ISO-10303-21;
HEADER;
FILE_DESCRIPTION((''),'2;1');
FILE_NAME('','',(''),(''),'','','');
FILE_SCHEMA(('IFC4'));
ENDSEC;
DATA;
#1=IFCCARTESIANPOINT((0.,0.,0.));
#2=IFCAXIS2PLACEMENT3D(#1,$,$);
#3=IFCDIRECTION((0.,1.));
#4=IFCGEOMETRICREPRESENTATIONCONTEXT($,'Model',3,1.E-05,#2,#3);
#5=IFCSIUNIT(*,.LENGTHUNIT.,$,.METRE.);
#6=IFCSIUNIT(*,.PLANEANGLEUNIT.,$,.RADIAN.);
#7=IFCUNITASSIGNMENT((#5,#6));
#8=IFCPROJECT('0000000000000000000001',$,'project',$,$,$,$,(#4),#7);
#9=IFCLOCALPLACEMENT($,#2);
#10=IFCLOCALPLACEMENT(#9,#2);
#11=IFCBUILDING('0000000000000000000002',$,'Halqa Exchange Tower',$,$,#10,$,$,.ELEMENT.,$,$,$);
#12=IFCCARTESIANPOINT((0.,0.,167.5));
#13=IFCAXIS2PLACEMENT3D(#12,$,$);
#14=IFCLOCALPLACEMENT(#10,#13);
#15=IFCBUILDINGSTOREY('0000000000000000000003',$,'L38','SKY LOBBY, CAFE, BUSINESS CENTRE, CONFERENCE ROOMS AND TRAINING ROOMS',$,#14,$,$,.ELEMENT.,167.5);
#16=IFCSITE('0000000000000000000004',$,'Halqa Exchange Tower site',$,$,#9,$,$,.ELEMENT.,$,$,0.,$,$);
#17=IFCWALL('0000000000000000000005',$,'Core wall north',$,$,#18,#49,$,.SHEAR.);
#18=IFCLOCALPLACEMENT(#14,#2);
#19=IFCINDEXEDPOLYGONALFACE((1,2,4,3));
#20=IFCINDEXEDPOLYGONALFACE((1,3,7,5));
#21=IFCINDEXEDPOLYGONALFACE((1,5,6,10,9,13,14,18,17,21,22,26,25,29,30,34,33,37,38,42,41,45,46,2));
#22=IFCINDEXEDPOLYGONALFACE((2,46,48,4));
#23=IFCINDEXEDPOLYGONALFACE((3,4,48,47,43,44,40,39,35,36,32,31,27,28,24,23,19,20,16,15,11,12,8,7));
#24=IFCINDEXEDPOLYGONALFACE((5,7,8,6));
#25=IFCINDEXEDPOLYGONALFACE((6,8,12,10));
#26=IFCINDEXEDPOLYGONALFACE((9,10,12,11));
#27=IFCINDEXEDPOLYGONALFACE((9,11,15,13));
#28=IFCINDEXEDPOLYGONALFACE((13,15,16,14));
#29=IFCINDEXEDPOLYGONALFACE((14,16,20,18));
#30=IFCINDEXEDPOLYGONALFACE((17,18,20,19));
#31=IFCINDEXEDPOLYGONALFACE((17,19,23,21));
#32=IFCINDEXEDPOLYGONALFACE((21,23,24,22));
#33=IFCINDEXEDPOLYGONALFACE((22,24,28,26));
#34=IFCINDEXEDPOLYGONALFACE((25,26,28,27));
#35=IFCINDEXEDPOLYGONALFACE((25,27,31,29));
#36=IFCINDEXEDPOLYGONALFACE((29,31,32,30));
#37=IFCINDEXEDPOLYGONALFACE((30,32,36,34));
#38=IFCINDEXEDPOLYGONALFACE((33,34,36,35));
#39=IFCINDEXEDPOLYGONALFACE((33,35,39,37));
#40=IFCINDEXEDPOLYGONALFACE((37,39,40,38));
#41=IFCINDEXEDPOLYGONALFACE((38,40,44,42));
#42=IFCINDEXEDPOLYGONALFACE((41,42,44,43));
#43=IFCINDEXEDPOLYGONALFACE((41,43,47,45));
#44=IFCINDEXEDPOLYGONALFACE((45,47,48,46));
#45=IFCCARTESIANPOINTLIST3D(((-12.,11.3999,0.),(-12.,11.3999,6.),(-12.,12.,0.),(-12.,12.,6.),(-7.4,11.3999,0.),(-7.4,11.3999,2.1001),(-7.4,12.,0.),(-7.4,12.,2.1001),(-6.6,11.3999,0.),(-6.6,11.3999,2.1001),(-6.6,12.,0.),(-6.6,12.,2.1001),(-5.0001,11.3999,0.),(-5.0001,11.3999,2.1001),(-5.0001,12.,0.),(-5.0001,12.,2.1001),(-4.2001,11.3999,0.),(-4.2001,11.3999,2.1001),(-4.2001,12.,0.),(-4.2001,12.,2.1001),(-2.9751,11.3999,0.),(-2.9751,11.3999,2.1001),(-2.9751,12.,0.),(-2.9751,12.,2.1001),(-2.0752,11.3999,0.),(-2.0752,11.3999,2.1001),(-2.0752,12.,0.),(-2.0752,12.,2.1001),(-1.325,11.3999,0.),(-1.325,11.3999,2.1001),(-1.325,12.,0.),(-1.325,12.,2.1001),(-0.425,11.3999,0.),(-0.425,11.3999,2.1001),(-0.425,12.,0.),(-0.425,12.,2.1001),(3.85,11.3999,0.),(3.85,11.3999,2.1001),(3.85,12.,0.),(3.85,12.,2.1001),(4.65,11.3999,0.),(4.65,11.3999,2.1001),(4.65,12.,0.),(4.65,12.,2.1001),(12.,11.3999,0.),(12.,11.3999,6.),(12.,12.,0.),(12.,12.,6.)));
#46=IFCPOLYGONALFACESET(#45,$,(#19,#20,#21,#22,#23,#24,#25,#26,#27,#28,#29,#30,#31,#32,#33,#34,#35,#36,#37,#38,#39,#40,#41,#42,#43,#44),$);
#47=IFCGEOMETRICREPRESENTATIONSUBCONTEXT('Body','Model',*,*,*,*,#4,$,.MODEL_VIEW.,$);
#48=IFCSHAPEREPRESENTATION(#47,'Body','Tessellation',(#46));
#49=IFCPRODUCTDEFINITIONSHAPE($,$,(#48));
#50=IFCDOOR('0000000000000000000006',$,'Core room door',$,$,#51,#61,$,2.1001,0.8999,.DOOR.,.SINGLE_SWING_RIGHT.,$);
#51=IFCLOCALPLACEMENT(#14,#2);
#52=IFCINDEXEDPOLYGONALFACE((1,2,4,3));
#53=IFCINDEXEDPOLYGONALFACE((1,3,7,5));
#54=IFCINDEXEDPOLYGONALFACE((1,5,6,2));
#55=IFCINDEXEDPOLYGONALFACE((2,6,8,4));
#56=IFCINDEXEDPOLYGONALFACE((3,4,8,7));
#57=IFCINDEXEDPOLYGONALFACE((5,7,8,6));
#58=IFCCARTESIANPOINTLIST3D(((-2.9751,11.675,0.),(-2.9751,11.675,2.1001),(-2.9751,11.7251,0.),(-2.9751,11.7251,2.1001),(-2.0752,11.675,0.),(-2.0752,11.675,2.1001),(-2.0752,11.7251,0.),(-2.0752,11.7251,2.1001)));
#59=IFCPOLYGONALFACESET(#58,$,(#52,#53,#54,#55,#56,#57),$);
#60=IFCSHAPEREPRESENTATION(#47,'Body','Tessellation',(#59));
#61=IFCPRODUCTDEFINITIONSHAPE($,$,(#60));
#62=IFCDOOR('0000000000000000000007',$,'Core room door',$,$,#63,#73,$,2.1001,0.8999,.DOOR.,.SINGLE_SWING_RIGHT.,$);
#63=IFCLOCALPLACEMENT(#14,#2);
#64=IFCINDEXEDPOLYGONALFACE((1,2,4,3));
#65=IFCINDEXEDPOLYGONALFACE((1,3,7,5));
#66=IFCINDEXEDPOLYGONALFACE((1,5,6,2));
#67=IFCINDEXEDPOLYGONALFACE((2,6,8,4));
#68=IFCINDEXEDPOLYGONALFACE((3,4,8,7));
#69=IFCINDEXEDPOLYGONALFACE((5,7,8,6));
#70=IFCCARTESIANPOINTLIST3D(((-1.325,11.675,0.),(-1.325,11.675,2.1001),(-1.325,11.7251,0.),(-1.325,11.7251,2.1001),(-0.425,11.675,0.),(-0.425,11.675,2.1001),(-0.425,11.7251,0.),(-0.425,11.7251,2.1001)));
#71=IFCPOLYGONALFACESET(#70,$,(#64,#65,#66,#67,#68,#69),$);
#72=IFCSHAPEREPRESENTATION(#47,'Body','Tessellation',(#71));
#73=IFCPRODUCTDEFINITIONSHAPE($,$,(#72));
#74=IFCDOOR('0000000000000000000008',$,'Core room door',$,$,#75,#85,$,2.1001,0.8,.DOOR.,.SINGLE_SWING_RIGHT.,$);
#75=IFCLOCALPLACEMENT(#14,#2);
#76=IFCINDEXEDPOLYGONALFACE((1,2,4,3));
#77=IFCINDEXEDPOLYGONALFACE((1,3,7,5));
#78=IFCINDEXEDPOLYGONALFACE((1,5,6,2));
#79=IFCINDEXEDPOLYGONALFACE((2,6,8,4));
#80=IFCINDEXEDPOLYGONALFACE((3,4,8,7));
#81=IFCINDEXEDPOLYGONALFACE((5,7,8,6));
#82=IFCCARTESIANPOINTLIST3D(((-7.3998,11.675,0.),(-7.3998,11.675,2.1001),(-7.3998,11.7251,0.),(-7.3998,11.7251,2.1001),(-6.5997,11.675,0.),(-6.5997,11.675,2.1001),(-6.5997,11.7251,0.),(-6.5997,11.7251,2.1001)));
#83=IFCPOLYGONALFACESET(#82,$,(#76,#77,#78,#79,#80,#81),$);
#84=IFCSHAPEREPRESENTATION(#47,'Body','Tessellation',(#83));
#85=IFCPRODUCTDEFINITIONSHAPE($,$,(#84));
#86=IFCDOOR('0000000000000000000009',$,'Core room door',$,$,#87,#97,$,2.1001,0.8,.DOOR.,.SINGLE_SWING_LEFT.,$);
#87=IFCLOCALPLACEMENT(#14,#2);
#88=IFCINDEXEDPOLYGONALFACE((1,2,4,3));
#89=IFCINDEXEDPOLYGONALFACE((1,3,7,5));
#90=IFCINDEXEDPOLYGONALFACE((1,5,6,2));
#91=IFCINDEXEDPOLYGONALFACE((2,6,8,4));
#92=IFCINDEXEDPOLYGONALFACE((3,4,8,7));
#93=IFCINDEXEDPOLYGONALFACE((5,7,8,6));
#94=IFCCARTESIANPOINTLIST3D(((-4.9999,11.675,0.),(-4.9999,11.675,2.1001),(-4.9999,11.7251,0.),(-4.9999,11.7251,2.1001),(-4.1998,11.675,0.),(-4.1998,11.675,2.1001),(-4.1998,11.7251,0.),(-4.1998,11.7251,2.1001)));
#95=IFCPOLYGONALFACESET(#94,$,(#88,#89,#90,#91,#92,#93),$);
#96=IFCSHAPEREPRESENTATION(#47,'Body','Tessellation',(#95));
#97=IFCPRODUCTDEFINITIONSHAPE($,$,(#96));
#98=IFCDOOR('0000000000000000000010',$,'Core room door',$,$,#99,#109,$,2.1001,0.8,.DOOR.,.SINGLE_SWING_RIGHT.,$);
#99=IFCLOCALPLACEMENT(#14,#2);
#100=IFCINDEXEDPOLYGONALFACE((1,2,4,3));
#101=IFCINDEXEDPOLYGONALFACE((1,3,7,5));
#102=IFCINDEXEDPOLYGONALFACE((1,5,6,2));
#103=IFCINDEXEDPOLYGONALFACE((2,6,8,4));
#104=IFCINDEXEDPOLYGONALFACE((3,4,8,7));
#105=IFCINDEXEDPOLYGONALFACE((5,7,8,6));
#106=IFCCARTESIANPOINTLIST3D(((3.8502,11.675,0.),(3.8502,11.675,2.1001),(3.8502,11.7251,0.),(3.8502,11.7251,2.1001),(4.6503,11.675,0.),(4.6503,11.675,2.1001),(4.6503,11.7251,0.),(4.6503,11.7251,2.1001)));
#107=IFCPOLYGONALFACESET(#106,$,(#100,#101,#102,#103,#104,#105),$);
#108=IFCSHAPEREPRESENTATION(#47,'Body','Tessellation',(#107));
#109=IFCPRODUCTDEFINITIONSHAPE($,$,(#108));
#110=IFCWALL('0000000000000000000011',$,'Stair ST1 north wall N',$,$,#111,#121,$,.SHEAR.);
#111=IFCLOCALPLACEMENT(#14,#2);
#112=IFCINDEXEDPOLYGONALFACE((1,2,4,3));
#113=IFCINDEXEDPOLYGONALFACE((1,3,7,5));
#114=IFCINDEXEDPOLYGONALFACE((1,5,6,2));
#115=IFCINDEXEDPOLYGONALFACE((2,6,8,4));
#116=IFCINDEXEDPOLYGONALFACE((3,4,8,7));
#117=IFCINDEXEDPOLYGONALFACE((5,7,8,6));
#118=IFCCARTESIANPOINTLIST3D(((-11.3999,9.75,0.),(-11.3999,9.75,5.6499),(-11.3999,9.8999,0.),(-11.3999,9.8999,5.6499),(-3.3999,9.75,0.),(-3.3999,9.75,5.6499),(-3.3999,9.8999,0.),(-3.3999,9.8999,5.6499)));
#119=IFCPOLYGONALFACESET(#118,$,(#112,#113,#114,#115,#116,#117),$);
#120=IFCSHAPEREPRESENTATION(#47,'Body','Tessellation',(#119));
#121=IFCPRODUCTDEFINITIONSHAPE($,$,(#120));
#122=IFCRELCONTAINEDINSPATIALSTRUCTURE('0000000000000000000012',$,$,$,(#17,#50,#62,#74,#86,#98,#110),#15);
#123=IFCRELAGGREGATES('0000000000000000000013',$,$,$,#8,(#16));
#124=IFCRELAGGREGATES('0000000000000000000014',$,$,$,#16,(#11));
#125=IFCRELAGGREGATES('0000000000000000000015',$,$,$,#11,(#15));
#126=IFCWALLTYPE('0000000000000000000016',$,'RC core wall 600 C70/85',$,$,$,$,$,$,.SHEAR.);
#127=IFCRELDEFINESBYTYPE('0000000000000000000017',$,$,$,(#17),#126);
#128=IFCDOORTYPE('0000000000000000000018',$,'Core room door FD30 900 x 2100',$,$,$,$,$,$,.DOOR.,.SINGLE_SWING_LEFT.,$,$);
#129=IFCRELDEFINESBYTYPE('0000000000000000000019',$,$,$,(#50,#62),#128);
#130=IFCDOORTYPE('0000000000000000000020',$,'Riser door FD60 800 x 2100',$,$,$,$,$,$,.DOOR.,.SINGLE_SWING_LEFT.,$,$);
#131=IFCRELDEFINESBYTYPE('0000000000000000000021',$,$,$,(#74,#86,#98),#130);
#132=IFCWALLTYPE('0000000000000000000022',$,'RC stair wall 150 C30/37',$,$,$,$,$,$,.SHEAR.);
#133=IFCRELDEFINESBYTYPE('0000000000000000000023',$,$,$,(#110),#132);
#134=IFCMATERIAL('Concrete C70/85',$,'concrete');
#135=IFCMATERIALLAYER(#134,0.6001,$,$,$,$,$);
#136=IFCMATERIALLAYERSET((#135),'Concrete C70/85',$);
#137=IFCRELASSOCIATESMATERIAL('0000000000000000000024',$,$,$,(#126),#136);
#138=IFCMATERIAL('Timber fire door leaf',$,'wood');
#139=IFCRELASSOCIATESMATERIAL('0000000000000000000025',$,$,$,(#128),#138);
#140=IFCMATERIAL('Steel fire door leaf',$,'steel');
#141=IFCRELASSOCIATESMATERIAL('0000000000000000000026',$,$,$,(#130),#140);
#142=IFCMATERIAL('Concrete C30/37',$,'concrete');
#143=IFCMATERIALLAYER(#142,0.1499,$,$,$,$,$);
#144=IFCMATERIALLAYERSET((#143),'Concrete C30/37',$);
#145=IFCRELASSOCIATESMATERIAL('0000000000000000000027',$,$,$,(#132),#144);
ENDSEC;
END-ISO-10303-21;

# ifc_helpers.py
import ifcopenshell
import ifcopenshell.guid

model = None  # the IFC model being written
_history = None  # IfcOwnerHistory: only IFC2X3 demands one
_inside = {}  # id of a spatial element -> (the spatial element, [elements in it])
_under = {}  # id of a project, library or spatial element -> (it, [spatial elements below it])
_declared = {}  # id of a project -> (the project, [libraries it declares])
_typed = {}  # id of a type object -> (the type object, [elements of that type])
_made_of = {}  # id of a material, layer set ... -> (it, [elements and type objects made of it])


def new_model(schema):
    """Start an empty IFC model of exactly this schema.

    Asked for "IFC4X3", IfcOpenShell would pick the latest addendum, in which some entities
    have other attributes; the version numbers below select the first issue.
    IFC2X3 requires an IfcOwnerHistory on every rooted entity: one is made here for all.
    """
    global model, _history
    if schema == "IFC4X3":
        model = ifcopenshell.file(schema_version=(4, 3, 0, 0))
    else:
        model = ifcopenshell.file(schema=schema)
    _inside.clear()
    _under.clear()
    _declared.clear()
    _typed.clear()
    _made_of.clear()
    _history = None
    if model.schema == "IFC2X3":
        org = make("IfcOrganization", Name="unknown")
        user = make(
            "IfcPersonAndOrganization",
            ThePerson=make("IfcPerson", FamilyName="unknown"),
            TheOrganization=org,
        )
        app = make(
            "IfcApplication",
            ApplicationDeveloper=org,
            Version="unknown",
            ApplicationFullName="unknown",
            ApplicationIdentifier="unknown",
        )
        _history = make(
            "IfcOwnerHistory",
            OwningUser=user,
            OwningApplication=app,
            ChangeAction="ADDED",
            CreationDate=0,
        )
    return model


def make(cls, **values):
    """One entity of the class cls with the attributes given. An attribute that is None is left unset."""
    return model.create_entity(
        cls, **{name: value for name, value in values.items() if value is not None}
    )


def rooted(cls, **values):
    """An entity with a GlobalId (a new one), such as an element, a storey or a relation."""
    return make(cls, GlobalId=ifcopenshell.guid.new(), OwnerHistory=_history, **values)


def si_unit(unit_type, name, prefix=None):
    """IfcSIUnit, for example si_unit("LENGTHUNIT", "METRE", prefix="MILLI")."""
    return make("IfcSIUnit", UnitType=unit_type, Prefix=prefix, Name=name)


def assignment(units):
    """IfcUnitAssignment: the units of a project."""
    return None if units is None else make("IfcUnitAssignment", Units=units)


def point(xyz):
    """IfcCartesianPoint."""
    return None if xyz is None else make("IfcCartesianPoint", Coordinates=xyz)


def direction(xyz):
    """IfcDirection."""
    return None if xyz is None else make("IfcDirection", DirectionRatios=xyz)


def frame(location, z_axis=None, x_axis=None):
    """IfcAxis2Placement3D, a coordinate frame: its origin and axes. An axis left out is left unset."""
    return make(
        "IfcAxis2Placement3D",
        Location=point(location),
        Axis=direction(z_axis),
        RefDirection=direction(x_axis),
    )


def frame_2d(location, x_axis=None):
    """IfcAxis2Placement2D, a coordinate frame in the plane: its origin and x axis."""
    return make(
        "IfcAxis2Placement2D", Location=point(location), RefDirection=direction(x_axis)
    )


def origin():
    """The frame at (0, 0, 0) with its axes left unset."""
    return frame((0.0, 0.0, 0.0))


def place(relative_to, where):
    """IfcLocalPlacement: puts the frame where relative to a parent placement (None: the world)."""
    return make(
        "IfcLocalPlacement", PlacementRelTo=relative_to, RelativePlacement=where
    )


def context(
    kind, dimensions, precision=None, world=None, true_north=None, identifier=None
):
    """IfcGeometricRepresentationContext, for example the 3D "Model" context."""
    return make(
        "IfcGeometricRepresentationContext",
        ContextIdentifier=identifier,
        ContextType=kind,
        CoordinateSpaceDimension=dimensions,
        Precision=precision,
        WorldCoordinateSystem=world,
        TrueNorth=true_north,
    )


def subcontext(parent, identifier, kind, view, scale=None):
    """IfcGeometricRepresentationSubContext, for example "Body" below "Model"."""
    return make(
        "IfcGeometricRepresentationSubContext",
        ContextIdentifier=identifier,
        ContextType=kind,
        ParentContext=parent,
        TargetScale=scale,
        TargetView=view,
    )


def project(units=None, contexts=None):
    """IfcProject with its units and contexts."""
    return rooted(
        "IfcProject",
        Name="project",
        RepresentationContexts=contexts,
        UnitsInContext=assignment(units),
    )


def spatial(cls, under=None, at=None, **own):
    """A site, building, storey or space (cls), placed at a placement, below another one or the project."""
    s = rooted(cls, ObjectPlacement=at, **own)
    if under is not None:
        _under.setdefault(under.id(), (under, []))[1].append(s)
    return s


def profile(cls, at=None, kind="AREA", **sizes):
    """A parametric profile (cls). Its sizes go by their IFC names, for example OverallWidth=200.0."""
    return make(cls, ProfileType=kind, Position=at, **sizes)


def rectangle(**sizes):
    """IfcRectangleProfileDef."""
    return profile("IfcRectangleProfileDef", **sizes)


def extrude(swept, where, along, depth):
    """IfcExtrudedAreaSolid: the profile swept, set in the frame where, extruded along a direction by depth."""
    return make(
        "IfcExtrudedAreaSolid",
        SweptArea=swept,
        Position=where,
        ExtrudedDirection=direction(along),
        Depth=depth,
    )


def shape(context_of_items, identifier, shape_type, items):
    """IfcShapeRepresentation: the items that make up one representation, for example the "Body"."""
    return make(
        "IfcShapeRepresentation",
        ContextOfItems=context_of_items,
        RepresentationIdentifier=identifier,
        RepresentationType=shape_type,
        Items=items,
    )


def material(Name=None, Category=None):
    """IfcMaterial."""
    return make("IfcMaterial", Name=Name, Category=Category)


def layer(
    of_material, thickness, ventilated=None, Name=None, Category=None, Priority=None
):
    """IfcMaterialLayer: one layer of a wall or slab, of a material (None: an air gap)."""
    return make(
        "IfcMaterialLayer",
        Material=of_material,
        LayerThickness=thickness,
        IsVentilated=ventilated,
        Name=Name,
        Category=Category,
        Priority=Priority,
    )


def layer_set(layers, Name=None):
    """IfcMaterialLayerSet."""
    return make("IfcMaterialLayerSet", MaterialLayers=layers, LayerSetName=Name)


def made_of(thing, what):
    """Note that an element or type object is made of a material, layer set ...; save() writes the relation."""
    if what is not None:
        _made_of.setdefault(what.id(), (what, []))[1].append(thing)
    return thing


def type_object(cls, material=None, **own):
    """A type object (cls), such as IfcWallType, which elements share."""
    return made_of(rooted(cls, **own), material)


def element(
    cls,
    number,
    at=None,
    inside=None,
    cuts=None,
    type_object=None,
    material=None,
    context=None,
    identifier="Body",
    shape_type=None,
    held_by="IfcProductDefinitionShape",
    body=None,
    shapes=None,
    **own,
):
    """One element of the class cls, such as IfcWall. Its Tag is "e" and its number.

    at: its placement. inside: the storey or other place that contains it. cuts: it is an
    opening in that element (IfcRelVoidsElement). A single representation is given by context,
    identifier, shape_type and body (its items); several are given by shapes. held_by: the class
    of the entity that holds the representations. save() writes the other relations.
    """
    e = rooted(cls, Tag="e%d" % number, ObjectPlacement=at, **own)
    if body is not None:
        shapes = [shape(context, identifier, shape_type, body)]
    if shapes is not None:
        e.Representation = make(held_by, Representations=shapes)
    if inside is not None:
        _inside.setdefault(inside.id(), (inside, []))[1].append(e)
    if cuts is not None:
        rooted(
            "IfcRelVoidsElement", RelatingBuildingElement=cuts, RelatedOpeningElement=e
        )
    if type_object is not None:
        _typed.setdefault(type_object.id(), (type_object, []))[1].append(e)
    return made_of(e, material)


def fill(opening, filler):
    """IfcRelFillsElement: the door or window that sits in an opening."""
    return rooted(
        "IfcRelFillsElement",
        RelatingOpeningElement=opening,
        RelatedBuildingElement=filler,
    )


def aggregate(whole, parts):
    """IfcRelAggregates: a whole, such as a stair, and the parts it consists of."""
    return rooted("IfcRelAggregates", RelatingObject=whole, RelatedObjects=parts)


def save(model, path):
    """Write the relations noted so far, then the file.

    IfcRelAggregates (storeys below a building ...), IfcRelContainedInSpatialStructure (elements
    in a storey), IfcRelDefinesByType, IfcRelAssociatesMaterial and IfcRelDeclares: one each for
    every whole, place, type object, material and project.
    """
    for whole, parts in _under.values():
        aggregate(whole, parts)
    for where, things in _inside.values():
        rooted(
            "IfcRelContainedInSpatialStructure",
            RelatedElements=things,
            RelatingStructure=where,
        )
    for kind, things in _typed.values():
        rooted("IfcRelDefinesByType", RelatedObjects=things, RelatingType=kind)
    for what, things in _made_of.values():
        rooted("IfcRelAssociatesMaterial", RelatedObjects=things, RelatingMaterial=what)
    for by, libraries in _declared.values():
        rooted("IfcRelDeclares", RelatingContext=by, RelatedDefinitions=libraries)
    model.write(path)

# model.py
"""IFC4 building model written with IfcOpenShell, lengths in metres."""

from ifc_helpers import new_model, si_unit, direction, frame, frame_2d, origin, place, context, subcontext, project, spatial, rectangle, extrude, material, layer, layer_set, type_object, element, fill, save


model = new_model("IFC4")

# Units and contexts
model_context = context("Model", 3, precision=1e-05, world=origin(), true_north=direction((0.0, 1.0)))
body_context = subcontext(model_context, "Body", "Model", "MODEL_VIEW")
ifc_project = project(units=[si_unit("LENGTHUNIT", "METRE"), si_unit("PLANEANGLEUNIT", "RADIAN")], contexts=[model_context])

# Site, building, storey
site_placement = place(None, origin())
site = spatial("IfcSite", under=ifc_project, at=site_placement, Name="Halqa Exchange Tower site", CompositionType="ELEMENT", RefElevation=0.0)
building_placement = place(site_placement, origin())
building = spatial("IfcBuilding", under=site, at=building_placement, Name="Halqa Exchange Tower", CompositionType="ELEMENT")
storey_placement = place(building_placement, frame((0.0, 0.0, 167.5)))
storey = spatial("IfcBuildingStorey", under=building, at=storey_placement, Name="L38", Description="SKY LOBBY, CAFE, BUSINESS CENTRE, CONFERENCE ROOMS AND TRAINING ROOMS", CompositionType="ELEMENT", Elevation=167.5)

# Wall, openings, doors
ifc_material_1 = material(Name="Concrete C70/85", Category="concrete")
ifc_layer_1 = layer(ifc_material_1, 0.6001)
ifc_layer_set_1 = layer_set([ifc_layer_1], Name="Concrete C70/85")
wall_type_1 = type_object("IfcWallType", Name="RC core wall 600 C70/85", PredefinedType="SHEAR", material=ifc_layer_set_1)
wall_1_placement = place(storey_placement, frame((-12.0, 11.7, 0.0), z_axis=(0.0, 0.0, 1.0), x_axis=(1.0, 0.0, 0.0)))
wall_1 = element("IfcWall", 1, at=wall_1_placement, inside=storey, type_object=wall_type_1, Name="Core wall north", PredefinedType="SHEAR", context=body_context, shape_type="SweptSolid", body=[
    extrude(rectangle(XDim=24.0, YDim=0.6001, at=frame_2d((12.0, 0.0))), origin(), (0.0, 0.0, 1.0), 6.0),
])
opening_1_placement = place(wall_1_placement, frame((9.0249, 0.0, 0.0)))
opening_1 = element("IfcOpeningElement", 2, at=opening_1_placement, cuts=wall_1, PredefinedType="OPENING", context=body_context, shape_type="SweptSolid", body=[
    extrude(rectangle(XDim=0.8999, YDim=2.1001, at=frame_2d((0.45, 1.05))), frame((0.0, 0.312, 0.0), z_axis=(0.0, -1.0, 0.0), x_axis=(1.0, 0.0, 0.0)), (0.0, 0.0, 1.0), 0.624),
])
opening_2_placement = place(wall_1_placement, frame((10.675, 0.0, 0.0)))
opening_2 = element("IfcOpeningElement", 3, at=opening_2_placement, cuts=wall_1, PredefinedType="OPENING", context=body_context, shape_type="SweptSolid", body=[
    extrude(rectangle(XDim=0.8999, YDim=2.1001, at=frame_2d((0.45, 1.05))), frame((0.0, 0.312, 0.0), z_axis=(0.0, -1.0, 0.0), x_axis=(1.0, 0.0, 0.0)), (0.0, 0.0, 1.0), 0.624),
])
opening_3_placement = place(wall_1_placement, frame((4.6001, 0.0, 0.0)))
opening_3 = element("IfcOpeningElement", 4, at=opening_3_placement, cuts=wall_1, PredefinedType="OPENING", context=body_context, shape_type="SweptSolid", body=[
    extrude(rectangle(XDim=0.8, YDim=2.1001, at=frame_2d((0.3999, 1.05))), frame((0.0, 0.312, 0.0), z_axis=(0.0, -1.0, 0.0), x_axis=(1.0, 0.0, 0.0)), (0.0, 0.0, 1.0), 0.624),
])
opening_4_placement = place(wall_1_placement, frame((7.0, 0.0, 0.0)))
opening_4 = element("IfcOpeningElement", 5, at=opening_4_placement, cuts=wall_1, PredefinedType="OPENING", context=body_context, shape_type="SweptSolid", body=[
    extrude(rectangle(XDim=0.8, YDim=2.1001, at=frame_2d((0.3999, 1.05))), frame((0.0, 0.312, 0.0), z_axis=(0.0, -1.0, 0.0), x_axis=(1.0, 0.0, 0.0)), (0.0, 0.0, 1.0), 0.624),
])
opening_5_placement = place(wall_1_placement, frame((15.8501, 0.0, 0.0)))
opening_5 = element("IfcOpeningElement", 6, at=opening_5_placement, cuts=wall_1, PredefinedType="OPENING", context=body_context, shape_type="SweptSolid", body=[
    extrude(rectangle(XDim=0.8, YDim=2.1001, at=frame_2d((0.3999, 1.05))), frame((0.0, 0.312, 0.0), z_axis=(0.0, -1.0, 0.0), x_axis=(1.0, 0.0, 0.0)), (0.0, 0.0, 1.0), 0.624),
])
ifc_material_2 = material(Name="Timber fire door leaf", Category="wood")
door_type_1 = type_object("IfcDoorType", Name="Core room door FD30 900 x 2100", OperationType="SINGLE_SWING_LEFT", PredefinedType="DOOR", material=ifc_material_2)
door_1_placement = place(opening_1_placement, frame((0.8999, 0.0, 0.0), z_axis=(0.0, 0.0, 1.0), x_axis=(-1.0, 0.0, 0.0)))
door_1 = element("IfcDoor", 7, at=door_1_placement, inside=storey, type_object=door_type_1, Name="Core room door", OperationType="SINGLE_SWING_RIGHT", OverallHeight=2.1001, OverallWidth=0.8999, PredefinedType="DOOR", context=body_context, shape_type="SweptSolid", body=[
    extrude(rectangle(XDim=0.8999, YDim=2.1001, at=frame_2d((0.45, 1.05))), frame((0.0, 0.0249, 0.0), z_axis=(0.0, -1.0, 0.0), x_axis=(1.0, 0.0, 0.0)), (0.0, 0.0, 1.0), 0.05),
])
fill(opening_1, door_1)
door_2_placement = place(opening_2_placement, frame((0.8999, 0.0, 0.0), z_axis=(0.0, 0.0, 1.0), x_axis=(-1.0, 0.0, 0.0)))
door_2 = element("IfcDoor", 8, at=door_2_placement, inside=storey, type_object=door_type_1, Name="Core room door", OperationType="SINGLE_SWING_RIGHT", OverallHeight=2.1001, OverallWidth=0.8999, PredefinedType="DOOR", context=body_context, shape_type="SweptSolid", body=[
    extrude(rectangle(XDim=0.8999, YDim=2.1001, at=frame_2d((0.45, 1.05))), frame((0.0, 0.0249, 0.0), z_axis=(0.0, -1.0, 0.0), x_axis=(1.0, 0.0, 0.0)), (0.0, 0.0, 1.0), 0.05),
])
fill(opening_2, door_2)
ifc_material_3 = material(Name="Steel fire door leaf", Category="steel")
door_type_2 = type_object("IfcDoorType", Name="Riser door FD60 800 x 2100", OperationType="SINGLE_SWING_LEFT", PredefinedType="DOOR", material=ifc_material_3)
door_3_placement = place(opening_3_placement, frame((0.8, 0.0, 0.0), z_axis=(0.0, 0.0, 1.0), x_axis=(-1.0, 0.0, 0.0)))
door_3 = element("IfcDoor", 9, at=door_3_placement, inside=storey, type_object=door_type_2, Name="Core room door", OperationType="SINGLE_SWING_RIGHT", OverallHeight=2.1001, OverallWidth=0.8, PredefinedType="DOOR", context=body_context, shape_type="SweptSolid", body=[
    extrude(rectangle(XDim=0.8, YDim=2.1001, at=frame_2d((0.3999, 1.05))), frame((0.0, 0.0249, 0.0), z_axis=(0.0, -1.0, 0.0), x_axis=(1.0, 0.0, 0.0)), (0.0, 0.0, 1.0), 0.05),
])
fill(opening_3, door_3)
door_4_placement = place(opening_4_placement, frame((0.8, 0.0, 0.0), z_axis=(0.0, 0.0, 1.0), x_axis=(-1.0, 0.0, 0.0)))
door_4 = element("IfcDoor", 10, at=door_4_placement, inside=storey, type_object=door_type_2, Name="Core room door", OperationType="SINGLE_SWING_LEFT", OverallHeight=2.1001, OverallWidth=0.8, PredefinedType="DOOR", context=body_context, shape_type="SweptSolid", body=[
    extrude(rectangle(XDim=0.8, YDim=2.1001, at=frame_2d((0.3999, 1.05))), frame((0.0, 0.0249, 0.0), z_axis=(0.0, -1.0, 0.0), x_axis=(1.0, 0.0, 0.0)), (0.0, 0.0, 1.0), 0.05),
])
fill(opening_4, door_4)
door_5_placement = place(opening_5_placement, frame((0.8, 0.0, 0.0), z_axis=(0.0, 0.0, 1.0), x_axis=(-1.0, 0.0, 0.0)))
door_5 = element("IfcDoor", 11, at=door_5_placement, inside=storey, type_object=door_type_2, Name="Core room door", OperationType="SINGLE_SWING_RIGHT", OverallHeight=2.1001, OverallWidth=0.8, PredefinedType="DOOR", context=body_context, shape_type="SweptSolid", body=[
    extrude(rectangle(XDim=0.8, YDim=2.1001, at=frame_2d((0.3999, 1.05))), frame((0.0, 0.0249, 0.0), z_axis=(0.0, -1.0, 0.0), x_axis=(1.0, 0.0, 0.0)), (0.0, 0.0, 1.0), 0.05),
])
fill(opening_5, door_5)

# Wall
ifc_material_4 = material(Name="Concrete C30/37", Category="concrete")
ifc_layer_2 = layer(ifc_material_4, 0.1499)
ifc_layer_set_2 = layer_set([ifc_layer_2], Name="Concrete C30/37")
wall_type_2 = type_object("IfcWallType", Name="RC stair wall 150 C30/37", PredefinedType="SHEAR", material=ifc_layer_set_2)
wall_2_placement = place(storey_placement, frame((-11.3999, 9.825, 0.0), z_axis=(0.0, 0.0, 1.0), x_axis=(1.0, 0.0, 0.0)))
element("IfcWall", 12, at=wall_2_placement, inside=storey, type_object=wall_type_2, Name="Stair ST1 north wall N", PredefinedType="SHEAR", context=body_context, shape_type="SweptSolid", body=[
    extrude(rectangle(XDim=8.0, YDim=0.1499, at=frame_2d((4.0, 0.0))), origin(), (0.0, 0.0, 1.0), 5.6499),
])

save(model, "model.ifc")
